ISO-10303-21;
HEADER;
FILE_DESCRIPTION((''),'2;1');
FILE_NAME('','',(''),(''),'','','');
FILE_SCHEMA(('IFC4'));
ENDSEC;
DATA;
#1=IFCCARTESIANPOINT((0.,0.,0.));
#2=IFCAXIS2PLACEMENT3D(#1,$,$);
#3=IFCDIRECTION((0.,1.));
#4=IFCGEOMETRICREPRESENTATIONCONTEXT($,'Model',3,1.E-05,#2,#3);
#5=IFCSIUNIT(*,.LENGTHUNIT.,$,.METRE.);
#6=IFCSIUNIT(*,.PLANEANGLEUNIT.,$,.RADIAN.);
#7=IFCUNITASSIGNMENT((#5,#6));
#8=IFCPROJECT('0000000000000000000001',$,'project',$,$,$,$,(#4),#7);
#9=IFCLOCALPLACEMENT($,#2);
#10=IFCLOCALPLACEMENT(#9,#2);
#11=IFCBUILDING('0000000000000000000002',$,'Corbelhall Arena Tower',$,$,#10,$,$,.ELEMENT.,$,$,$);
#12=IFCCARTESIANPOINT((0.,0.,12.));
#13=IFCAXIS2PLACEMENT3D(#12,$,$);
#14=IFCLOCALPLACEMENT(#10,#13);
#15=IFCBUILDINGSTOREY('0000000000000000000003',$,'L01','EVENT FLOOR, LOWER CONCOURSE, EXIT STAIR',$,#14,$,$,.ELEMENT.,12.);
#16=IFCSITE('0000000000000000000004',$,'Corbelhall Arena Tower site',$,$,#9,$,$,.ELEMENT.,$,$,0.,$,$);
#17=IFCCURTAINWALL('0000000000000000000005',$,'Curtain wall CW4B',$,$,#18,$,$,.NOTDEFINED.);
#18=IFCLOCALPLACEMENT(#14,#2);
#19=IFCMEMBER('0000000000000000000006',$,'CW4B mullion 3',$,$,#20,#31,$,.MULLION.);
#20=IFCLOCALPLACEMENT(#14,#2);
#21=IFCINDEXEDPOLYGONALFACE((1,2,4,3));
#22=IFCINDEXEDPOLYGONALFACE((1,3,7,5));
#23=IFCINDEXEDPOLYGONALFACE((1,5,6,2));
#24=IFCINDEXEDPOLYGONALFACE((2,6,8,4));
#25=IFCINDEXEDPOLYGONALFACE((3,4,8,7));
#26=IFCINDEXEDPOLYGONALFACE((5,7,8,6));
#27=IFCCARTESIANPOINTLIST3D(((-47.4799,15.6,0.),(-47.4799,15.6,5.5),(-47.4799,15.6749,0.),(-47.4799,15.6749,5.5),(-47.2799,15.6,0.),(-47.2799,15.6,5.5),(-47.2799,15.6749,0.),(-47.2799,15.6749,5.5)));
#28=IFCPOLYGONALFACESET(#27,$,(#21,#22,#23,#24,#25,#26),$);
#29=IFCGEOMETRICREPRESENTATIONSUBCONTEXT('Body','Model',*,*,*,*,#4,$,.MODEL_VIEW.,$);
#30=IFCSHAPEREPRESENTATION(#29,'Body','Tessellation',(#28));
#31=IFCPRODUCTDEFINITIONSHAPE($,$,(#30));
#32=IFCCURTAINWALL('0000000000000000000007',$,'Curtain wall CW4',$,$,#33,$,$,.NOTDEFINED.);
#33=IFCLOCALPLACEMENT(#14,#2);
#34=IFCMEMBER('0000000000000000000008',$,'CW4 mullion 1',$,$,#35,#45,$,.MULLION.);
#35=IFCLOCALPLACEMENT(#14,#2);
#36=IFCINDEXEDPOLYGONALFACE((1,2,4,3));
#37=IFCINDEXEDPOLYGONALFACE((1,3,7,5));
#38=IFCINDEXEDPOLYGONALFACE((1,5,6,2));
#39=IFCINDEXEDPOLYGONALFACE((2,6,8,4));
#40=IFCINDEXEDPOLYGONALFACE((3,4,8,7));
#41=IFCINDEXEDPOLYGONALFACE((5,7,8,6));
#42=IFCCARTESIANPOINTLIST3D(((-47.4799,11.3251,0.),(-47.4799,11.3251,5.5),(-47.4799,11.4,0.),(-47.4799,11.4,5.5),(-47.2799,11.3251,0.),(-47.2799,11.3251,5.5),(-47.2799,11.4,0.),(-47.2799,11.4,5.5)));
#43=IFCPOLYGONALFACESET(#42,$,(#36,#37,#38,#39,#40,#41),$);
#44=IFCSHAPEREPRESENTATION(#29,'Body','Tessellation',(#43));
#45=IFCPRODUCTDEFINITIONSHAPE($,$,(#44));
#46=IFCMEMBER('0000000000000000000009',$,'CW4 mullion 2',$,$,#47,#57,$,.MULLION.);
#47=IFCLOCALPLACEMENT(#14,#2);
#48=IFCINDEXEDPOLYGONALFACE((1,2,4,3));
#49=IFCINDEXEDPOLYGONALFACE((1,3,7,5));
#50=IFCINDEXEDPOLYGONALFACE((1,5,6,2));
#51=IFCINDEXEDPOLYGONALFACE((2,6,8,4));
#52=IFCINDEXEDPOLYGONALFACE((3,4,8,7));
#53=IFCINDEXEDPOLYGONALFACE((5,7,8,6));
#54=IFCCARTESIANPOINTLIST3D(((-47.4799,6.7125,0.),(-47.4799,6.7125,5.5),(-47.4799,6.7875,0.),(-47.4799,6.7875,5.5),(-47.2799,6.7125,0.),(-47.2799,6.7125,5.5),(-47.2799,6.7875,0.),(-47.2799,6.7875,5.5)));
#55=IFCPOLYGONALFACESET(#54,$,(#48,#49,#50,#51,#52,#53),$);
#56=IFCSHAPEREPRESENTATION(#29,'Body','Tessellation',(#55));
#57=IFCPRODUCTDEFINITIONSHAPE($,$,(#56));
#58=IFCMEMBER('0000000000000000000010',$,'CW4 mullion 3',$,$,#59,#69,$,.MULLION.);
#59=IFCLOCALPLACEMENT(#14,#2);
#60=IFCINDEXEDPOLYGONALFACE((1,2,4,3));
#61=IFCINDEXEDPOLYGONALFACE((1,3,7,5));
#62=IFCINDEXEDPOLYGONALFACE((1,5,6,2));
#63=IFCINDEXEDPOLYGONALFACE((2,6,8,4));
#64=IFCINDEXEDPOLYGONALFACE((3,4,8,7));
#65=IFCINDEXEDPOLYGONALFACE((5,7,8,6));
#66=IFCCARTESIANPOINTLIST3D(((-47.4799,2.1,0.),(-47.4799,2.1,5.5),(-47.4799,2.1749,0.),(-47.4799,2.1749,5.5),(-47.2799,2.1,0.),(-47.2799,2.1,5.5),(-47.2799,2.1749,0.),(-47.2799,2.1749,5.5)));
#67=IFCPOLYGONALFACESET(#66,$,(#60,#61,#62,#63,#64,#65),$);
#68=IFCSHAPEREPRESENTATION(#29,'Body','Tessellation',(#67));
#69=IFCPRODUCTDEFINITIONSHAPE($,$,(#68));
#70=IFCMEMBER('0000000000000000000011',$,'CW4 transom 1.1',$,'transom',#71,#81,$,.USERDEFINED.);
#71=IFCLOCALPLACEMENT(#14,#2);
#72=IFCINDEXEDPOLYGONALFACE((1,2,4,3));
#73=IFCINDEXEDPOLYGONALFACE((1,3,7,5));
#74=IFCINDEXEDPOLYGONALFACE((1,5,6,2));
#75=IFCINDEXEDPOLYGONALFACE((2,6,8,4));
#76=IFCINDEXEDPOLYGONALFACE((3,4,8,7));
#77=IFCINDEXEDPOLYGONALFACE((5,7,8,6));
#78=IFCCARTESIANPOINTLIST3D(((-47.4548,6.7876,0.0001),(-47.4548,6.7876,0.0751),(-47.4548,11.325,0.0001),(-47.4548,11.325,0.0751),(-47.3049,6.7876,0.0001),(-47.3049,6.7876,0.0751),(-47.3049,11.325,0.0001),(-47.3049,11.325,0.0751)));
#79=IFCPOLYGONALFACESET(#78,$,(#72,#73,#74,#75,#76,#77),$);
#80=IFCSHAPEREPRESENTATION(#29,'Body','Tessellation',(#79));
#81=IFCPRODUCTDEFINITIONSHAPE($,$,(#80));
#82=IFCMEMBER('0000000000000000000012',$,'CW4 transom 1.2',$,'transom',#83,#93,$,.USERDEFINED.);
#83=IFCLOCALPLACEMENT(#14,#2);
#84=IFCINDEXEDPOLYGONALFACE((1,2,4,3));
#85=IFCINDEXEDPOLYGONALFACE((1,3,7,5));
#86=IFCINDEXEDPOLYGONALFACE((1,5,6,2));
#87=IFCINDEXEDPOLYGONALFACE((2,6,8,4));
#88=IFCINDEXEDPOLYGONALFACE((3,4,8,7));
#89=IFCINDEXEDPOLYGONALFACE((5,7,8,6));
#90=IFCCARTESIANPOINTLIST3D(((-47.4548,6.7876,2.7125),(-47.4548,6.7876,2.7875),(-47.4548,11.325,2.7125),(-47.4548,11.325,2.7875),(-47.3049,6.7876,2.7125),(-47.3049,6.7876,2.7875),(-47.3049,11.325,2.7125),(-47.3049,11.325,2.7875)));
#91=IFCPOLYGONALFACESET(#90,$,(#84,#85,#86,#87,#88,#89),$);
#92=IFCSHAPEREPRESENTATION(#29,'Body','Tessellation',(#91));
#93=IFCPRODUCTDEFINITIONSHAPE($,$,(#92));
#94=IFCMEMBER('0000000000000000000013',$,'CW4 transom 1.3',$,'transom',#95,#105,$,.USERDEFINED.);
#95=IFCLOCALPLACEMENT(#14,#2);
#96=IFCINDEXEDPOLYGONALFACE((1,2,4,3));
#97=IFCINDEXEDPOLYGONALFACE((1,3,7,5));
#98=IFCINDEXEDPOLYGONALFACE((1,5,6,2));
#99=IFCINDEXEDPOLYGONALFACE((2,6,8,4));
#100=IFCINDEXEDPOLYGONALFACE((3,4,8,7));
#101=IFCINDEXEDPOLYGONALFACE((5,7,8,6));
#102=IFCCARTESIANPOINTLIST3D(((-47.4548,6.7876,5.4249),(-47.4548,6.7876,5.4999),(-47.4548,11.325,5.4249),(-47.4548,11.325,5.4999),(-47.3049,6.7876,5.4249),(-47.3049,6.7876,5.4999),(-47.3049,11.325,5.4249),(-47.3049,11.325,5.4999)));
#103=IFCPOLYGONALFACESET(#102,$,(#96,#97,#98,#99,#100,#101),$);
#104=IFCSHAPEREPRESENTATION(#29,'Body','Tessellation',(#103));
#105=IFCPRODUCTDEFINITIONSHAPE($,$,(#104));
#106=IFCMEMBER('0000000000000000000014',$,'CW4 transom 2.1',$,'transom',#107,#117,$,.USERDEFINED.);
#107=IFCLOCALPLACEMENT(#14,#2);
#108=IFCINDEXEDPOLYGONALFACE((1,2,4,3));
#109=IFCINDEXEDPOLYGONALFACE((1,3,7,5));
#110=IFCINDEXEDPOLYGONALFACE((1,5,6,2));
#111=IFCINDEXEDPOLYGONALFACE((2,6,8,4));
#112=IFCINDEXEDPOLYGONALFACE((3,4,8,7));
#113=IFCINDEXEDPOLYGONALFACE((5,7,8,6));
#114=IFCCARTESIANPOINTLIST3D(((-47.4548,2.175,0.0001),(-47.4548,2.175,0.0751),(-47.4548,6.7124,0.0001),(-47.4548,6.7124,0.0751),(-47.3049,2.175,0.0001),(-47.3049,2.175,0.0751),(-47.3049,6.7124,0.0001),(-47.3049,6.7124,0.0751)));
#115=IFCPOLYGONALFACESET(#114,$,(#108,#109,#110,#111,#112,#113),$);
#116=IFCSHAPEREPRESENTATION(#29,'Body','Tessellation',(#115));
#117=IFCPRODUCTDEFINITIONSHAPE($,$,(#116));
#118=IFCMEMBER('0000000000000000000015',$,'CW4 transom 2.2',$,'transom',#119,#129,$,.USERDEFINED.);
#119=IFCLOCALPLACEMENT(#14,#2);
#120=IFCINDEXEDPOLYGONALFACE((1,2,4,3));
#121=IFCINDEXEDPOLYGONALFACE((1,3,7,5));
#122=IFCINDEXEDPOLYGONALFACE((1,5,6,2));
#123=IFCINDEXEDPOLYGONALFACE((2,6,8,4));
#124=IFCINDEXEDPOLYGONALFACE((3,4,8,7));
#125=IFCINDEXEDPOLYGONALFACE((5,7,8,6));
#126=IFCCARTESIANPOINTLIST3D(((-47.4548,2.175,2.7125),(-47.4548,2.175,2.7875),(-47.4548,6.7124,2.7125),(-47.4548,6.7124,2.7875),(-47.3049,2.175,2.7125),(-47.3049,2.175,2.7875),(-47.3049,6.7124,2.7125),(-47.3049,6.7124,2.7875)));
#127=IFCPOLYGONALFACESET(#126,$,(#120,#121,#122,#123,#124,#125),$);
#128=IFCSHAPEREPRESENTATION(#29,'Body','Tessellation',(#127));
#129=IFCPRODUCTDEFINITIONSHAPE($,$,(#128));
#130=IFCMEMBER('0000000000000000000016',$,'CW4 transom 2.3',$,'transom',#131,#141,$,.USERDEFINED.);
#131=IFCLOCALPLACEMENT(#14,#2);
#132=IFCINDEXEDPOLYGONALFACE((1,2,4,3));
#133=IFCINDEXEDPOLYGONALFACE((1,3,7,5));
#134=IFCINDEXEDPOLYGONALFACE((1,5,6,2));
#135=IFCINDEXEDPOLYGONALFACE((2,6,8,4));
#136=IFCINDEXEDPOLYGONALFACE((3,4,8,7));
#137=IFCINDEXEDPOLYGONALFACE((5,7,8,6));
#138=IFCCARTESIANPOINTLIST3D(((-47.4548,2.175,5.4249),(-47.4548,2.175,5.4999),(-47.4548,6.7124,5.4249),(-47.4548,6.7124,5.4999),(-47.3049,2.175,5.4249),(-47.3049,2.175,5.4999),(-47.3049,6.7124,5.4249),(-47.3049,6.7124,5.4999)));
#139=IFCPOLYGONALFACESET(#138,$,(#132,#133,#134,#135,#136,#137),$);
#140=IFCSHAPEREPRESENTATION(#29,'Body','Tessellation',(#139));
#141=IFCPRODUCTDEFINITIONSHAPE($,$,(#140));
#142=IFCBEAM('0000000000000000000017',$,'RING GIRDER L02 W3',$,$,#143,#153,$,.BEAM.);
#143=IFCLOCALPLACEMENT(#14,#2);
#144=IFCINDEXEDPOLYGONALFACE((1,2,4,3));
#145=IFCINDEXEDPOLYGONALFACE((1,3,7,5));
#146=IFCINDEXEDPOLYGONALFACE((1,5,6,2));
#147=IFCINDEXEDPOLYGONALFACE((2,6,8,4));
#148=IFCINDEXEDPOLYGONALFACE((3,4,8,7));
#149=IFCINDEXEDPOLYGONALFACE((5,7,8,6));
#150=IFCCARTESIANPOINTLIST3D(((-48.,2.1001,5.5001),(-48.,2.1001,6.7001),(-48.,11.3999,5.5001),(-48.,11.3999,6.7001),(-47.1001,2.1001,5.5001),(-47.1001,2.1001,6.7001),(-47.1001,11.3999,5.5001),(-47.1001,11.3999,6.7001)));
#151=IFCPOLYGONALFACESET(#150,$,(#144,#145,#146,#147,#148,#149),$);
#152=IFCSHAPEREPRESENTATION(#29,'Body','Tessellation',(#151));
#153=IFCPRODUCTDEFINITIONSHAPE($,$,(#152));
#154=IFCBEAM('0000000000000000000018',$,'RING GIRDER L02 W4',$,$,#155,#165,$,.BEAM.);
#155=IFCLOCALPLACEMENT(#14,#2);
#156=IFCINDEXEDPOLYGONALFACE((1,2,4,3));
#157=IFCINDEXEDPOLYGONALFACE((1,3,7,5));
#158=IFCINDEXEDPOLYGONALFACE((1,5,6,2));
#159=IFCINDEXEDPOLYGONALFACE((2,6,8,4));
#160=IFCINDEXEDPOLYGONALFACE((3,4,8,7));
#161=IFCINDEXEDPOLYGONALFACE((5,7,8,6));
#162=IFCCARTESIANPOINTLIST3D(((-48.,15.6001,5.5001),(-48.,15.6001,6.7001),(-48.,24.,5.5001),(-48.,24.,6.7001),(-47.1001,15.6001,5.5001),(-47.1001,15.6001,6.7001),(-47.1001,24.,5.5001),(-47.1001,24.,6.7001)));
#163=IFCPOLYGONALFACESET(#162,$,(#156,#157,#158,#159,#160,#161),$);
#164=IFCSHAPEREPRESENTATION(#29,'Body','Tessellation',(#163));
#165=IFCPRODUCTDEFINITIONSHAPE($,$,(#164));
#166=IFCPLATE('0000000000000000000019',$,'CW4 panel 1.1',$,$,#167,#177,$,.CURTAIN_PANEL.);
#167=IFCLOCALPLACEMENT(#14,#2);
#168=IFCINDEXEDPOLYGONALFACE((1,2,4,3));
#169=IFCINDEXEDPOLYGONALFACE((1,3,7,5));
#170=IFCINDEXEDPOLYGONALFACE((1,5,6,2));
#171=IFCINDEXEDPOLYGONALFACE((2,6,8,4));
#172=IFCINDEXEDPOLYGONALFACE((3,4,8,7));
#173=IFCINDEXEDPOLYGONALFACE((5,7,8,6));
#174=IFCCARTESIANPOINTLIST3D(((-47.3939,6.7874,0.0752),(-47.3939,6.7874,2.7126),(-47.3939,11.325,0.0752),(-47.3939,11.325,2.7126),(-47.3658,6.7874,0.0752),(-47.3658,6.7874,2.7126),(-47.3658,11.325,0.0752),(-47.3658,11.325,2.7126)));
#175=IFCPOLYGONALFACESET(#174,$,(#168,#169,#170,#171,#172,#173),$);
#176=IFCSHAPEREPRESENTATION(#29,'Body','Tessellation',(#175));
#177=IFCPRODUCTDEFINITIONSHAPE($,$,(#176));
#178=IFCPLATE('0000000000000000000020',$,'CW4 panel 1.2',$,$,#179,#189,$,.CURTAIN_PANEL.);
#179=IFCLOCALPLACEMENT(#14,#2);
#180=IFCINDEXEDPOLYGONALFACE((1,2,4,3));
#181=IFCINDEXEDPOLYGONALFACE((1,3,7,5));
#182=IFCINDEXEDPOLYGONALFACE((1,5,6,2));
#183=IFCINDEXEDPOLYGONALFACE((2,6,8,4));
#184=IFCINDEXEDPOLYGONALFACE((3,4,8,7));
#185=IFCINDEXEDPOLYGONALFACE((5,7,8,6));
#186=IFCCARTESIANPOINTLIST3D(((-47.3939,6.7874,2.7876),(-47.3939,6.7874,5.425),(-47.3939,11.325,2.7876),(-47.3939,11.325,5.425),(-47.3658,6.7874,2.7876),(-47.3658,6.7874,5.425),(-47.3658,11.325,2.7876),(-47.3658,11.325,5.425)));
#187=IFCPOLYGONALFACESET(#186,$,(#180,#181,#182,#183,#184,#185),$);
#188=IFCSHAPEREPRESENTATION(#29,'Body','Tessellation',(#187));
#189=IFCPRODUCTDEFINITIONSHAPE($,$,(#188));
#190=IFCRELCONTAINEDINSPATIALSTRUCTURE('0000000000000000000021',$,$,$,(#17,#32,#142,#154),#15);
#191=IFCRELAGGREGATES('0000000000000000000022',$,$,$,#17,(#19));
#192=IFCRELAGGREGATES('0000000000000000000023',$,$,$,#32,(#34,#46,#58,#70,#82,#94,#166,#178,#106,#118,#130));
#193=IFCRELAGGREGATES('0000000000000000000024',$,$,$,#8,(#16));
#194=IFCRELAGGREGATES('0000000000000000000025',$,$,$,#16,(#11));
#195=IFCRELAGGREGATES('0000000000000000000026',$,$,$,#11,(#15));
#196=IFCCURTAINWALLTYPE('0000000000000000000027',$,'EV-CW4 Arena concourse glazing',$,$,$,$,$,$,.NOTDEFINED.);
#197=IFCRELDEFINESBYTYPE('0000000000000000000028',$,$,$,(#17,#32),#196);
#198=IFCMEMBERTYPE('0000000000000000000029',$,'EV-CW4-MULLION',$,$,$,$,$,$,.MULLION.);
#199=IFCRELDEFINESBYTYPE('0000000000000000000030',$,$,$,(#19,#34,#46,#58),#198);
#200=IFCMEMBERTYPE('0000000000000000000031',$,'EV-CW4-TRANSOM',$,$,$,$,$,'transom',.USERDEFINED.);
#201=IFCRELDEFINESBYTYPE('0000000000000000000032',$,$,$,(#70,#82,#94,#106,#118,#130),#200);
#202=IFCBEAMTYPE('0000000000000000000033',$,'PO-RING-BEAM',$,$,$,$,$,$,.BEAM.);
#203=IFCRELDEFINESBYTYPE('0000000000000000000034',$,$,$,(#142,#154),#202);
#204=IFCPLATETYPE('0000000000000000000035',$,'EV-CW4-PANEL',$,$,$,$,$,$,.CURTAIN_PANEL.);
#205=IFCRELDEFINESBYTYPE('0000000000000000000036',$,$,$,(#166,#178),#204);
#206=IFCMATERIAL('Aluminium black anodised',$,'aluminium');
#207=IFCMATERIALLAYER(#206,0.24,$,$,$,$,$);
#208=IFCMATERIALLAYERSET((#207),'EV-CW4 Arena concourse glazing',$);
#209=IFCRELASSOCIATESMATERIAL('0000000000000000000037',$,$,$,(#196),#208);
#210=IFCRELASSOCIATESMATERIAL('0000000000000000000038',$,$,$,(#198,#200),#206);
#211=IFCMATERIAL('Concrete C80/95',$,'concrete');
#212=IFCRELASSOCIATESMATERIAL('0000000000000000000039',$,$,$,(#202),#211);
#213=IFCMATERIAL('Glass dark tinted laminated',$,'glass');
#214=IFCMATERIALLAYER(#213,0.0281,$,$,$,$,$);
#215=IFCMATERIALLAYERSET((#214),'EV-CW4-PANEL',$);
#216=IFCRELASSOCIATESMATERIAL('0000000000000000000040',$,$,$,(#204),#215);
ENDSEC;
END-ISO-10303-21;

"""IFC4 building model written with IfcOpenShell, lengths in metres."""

from ifc_helpers import new_model, si_unit, direction, frame, origin, origin_2d, place, context, subcontext, project, spatial, rectangle, extrude, material, layer, layer_set, material_profile, profile_set, type_object, element, aggregate, save


model = new_model("IFC4")

# Units and contexts
model_context = context("Model", 3, precision=1e-05, world=origin(), true_north=direction((0.0, 1.0)))
body_context = subcontext(model_context, "Body", "Model", "MODEL_VIEW")
ifc_project = project(units=[si_unit("LENGTHUNIT", "METRE"), si_unit("PLANEANGLEUNIT", "RADIAN")], contexts=[model_context])

# Site, building, storey
site_placement = place(None, origin())
site = spatial("IfcSite", under=ifc_project, at=site_placement, Name="Corbelhall Arena Tower site", CompositionType="ELEMENT", RefElevation=0.0)
building_placement = place(site_placement, origin())
building = spatial("IfcBuilding", under=site, at=building_placement, Name="Corbelhall Arena Tower", CompositionType="ELEMENT")
storey_placement = place(building_placement, frame((0.0, 0.0, 12.0)))
storey = spatial("IfcBuildingStorey", under=building, at=storey_placement, Name="L01", Description="EVENT FLOOR, LOWER CONCOURSE, EXIT STAIR", CompositionType="ELEMENT", Elevation=12.0)

# Curtain wall, member
ifc_material_1 = material(Name="Aluminium black anodised", Category="aluminium")
ifc_layer_1 = layer(ifc_material_1, 0.24)
ifc_layer_set_1 = layer_set([ifc_layer_1], Name="EV-CW4 Arena concourse glazing")
curtain_wall_type = type_object("IfcCurtainWallType", Name="EV-CW4 Arena concourse glazing", PredefinedType="NOTDEFINED", material=ifc_layer_set_1)
curtain_wall_1_placement = place(storey_placement, origin())
curtain_wall_1 = element("IfcCurtainWall", 1, at=curtain_wall_1_placement, inside=storey, type_object=curtain_wall_type, Name="Curtain wall CW4B", PredefinedType="NOTDEFINED")
ifc_material_profile_1 = material_profile(ifc_material_1, rectangle(XDim=0.2, YDim=0.075, at=origin_2d()))
ifc_profile_set_1 = profile_set([ifc_material_profile_1], Name="Aluminium black anodised")
member_type_1 = type_object("IfcMemberType", Name="EV-CW4-MULLION", PredefinedType="MULLION", material=ifc_profile_set_1)
member_1_placement = place(storey_placement, frame((-47.3799, 15.6375, 0.0), z_axis=(0.0, 0.0, 1.0), x_axis=(1.0, 0.0, 0.0)))
member_1 = element("IfcMember", 2, at=member_1_placement, type_object=member_type_1, Name="CW4B mullion 3", PredefinedType="MULLION", context=body_context, shape_type="SweptSolid", body=[
    extrude(rectangle(XDim=0.2, YDim=0.075, at=origin_2d()), origin(), (0.0, 0.0, 1.0), 5.5),
])
aggregate(curtain_wall_1, [member_1])

# Curtain wall, members
curtain_wall_2_placement = place(storey_placement, origin())
curtain_wall_2 = element("IfcCurtainWall", 3, at=curtain_wall_2_placement, inside=storey, type_object=curtain_wall_type, Name="Curtain wall CW4", PredefinedType="NOTDEFINED")
member_2_placement = place(storey_placement, frame((-47.3799, 11.3625, 0.0), z_axis=(0.0, 0.0, 1.0), x_axis=(1.0, 0.0, 0.0)))
member_2 = element("IfcMember", 4, at=member_2_placement, type_object=member_type_1, Name="CW4 mullion 1", PredefinedType="MULLION", context=body_context, shape_type="SweptSolid", body=[
    extrude(rectangle(XDim=0.2, YDim=0.075, at=origin_2d()), origin(), (0.0, 0.0, 1.0), 5.5),
])
member_3_placement = place(storey_placement, frame((-47.3799, 6.75, 0.0), z_axis=(0.0, 0.0, 1.0), x_axis=(1.0, 0.0, 0.0)))
member_3 = element("IfcMember", 5, at=member_3_placement, type_object=member_type_1, Name="CW4 mullion 2", PredefinedType="MULLION", context=body_context, shape_type="SweptSolid", body=[
    extrude(rectangle(XDim=0.2, YDim=0.075, at=origin_2d()), origin(), (0.0, 0.0, 1.0), 5.5),
])
member_4_placement = place(storey_placement, frame((-47.3799, 2.1375, 0.0), z_axis=(0.0, 0.0, 1.0), x_axis=(1.0, 0.0, 0.0)))
member_4 = element("IfcMember", 6, at=member_4_placement, type_object=member_type_1, Name="CW4 mullion 3", PredefinedType="MULLION", context=body_context, shape_type="SweptSolid", body=[
    extrude(rectangle(XDim=0.2, YDim=0.075, at=origin_2d()), origin(), (0.0, 0.0, 1.0), 5.5),
])
ifc_material_profile_2 = material_profile(ifc_material_1, rectangle(XDim=0.1499, YDim=0.075, at=origin_2d()))
ifc_profile_set_2 = profile_set([ifc_material_profile_2], Name="Aluminium black anodised")
member_type_2 = type_object("IfcMemberType", Name="EV-CW4-TRANSOM", ElementType="transom", PredefinedType="USERDEFINED", material=ifc_profile_set_2)
member_5_placement = place(storey_placement, frame((-47.3799, 11.325, 0.0376), z_axis=(0.0, -1.0, 0.0), x_axis=(1.0, 0.0, 0.0)))
member_5 = element("IfcMember", 7, at=member_5_placement, type_object=member_type_2, Name="CW4 transom 1.1", ObjectType="transom", PredefinedType="USERDEFINED", context=body_context, shape_type="SweptSolid", body=[
    extrude(rectangle(XDim=0.1499, YDim=0.075, at=origin_2d()), origin(), (0.0, 0.0, 1.0), 4.5374),
])
member_6_placement = place(storey_placement, frame((-47.3799, 11.325, 2.75), z_axis=(0.0, -1.0, 0.0), x_axis=(1.0, 0.0, 0.0)))
member_6 = element("IfcMember", 8, at=member_6_placement, type_object=member_type_2, Name="CW4 transom 1.2", ObjectType="transom", PredefinedType="USERDEFINED", context=body_context, shape_type="SweptSolid", body=[
    extrude(rectangle(XDim=0.1499, YDim=0.075, at=origin_2d()), origin(), (0.0, 0.0, 1.0), 4.5374),
])
member_7_placement = place(storey_placement, frame((-47.3799, 11.325, 5.4624), z_axis=(0.0, -1.0, 0.0), x_axis=(1.0, 0.0, 0.0)))
member_7 = element("IfcMember", 9, at=member_7_placement, type_object=member_type_2, Name="CW4 transom 1.3", ObjectType="transom", PredefinedType="USERDEFINED", context=body_context, shape_type="SweptSolid", body=[
    extrude(rectangle(XDim=0.1499, YDim=0.075, at=origin_2d()), origin(), (0.0, 0.0, 1.0), 4.5374),
])
member_8_placement = place(storey_placement, frame((-47.3799, 6.7124, 0.0376), z_axis=(0.0, -1.0, 0.0), x_axis=(1.0, 0.0, 0.0)))
member_8 = element("IfcMember", 10, at=member_8_placement, type_object=member_type_2, Name="CW4 transom 2.1", ObjectType="transom", PredefinedType="USERDEFINED", context=body_context, shape_type="SweptSolid", body=[
    extrude(rectangle(XDim=0.1499, YDim=0.075, at=origin_2d()), origin(), (0.0, 0.0, 1.0), 4.5374),
])
member_9_placement = place(storey_placement, frame((-47.3799, 6.7124, 2.75), z_axis=(0.0, -1.0, 0.0), x_axis=(1.0, 0.0, 0.0)))
member_9 = element("IfcMember", 11, at=member_9_placement, type_object=member_type_2, Name="CW4 transom 2.2", ObjectType="transom", PredefinedType="USERDEFINED", context=body_context, shape_type="SweptSolid", body=[
    extrude(rectangle(XDim=0.1499, YDim=0.075, at=origin_2d()), origin(), (0.0, 0.0, 1.0), 4.5374),
])
member_10_placement = place(storey_placement, frame((-47.3799, 6.7124, 5.4624), z_axis=(0.0, -1.0, 0.0), x_axis=(1.0, 0.0, 0.0)))
member_10 = element("IfcMember", 12, at=member_10_placement, type_object=member_type_2, Name="CW4 transom 2.3", ObjectType="transom", PredefinedType="USERDEFINED", context=body_context, shape_type="SweptSolid", body=[
    extrude(rectangle(XDim=0.1499, YDim=0.075, at=origin_2d()), origin(), (0.0, 0.0, 1.0), 4.5374),
])

# Beams
ifc_material_2 = material(Name="Concrete C80/95", Category="concrete")
ifc_material_profile_3 = material_profile(ifc_material_2, rectangle(XDim=0.8999, YDim=1.2, at=origin_2d()))
ifc_profile_set_3 = profile_set([ifc_material_profile_3], Name="Concrete C80/95")
beam_type = type_object("IfcBeamType", Name="PO-RING-BEAM", PredefinedType="BEAM", material=ifc_profile_set_3)
beam_1_placement = place(storey_placement, frame((-47.55, 2.1001, 6.1001), z_axis=(0.0, 1.0, 0.0), x_axis=(-1.0, 0.0, 0.0)))
element("IfcBeam", 13, at=beam_1_placement, inside=storey, type_object=beam_type, Name="RING GIRDER L02 W3", PredefinedType="BEAM", context=body_context, shape_type="SweptSolid", body=[
    extrude(rectangle(XDim=0.8999, YDim=1.2, at=origin_2d()), origin(), (0.0, 0.0, 1.0), 9.2998),
])
beam_2_placement = place(storey_placement, frame((-47.55, 15.6001, 6.1001), z_axis=(0.0, 1.0, 0.0), x_axis=(-1.0, 0.0, 0.0)))
element("IfcBeam", 14, at=beam_2_placement, inside=storey, type_object=beam_type, Name="RING GIRDER L02 W4", PredefinedType="BEAM", context=body_context, shape_type="SweptSolid", body=[
    extrude(rectangle(XDim=0.8999, YDim=1.2, at=origin_2d()), origin(), (0.0, 0.0, 1.0), 8.3999),
])

# Plates
ifc_material_3 = material(Name="Glass dark tinted laminated", Category="glass")
ifc_layer_2 = layer(ifc_material_3, 0.0281)
ifc_layer_set_2 = layer_set([ifc_layer_2], Name="EV-CW4-PANEL")
plate_type = type_object("IfcPlateType", Name="EV-CW4-PANEL", PredefinedType="CURTAIN_PANEL", material=ifc_layer_set_2)
plate_1_placement = place(storey_placement, frame((-47.3799, 9.0562, 0.0752), z_axis=(0.0, 0.0, 1.0), x_axis=(0.0, -1.0, 0.0)))
plate_1 = element("IfcPlate", 15, at=plate_1_placement, type_object=plate_type, Name="CW4 panel 1.1", PredefinedType="CURTAIN_PANEL", context=body_context, shape_type="SweptSolid", body=[
    extrude(rectangle(XDim=4.5376, YDim=0.0281, at=origin_2d()), origin(), (0.0, 0.0, 1.0), 2.6375),
])
plate_2_placement = place(storey_placement, frame((-47.3799, 9.0562, 2.7876), z_axis=(0.0, 0.0, 1.0), x_axis=(0.0, -1.0, 0.0)))
plate_2 = element("IfcPlate", 16, at=plate_2_placement, type_object=plate_type, Name="CW4 panel 1.2", PredefinedType="CURTAIN_PANEL", context=body_context, shape_type="SweptSolid", body=[
    extrude(rectangle(XDim=4.5376, YDim=0.0281, at=origin_2d()), origin(), (0.0, 0.0, 1.0), 2.6375),
])
aggregate(curtain_wall_2, [member_2, member_3, member_4, member_5, member_6, member_7, plate_1, plate_2, member_8, member_9, member_10])

save(model, "model.ifc")
